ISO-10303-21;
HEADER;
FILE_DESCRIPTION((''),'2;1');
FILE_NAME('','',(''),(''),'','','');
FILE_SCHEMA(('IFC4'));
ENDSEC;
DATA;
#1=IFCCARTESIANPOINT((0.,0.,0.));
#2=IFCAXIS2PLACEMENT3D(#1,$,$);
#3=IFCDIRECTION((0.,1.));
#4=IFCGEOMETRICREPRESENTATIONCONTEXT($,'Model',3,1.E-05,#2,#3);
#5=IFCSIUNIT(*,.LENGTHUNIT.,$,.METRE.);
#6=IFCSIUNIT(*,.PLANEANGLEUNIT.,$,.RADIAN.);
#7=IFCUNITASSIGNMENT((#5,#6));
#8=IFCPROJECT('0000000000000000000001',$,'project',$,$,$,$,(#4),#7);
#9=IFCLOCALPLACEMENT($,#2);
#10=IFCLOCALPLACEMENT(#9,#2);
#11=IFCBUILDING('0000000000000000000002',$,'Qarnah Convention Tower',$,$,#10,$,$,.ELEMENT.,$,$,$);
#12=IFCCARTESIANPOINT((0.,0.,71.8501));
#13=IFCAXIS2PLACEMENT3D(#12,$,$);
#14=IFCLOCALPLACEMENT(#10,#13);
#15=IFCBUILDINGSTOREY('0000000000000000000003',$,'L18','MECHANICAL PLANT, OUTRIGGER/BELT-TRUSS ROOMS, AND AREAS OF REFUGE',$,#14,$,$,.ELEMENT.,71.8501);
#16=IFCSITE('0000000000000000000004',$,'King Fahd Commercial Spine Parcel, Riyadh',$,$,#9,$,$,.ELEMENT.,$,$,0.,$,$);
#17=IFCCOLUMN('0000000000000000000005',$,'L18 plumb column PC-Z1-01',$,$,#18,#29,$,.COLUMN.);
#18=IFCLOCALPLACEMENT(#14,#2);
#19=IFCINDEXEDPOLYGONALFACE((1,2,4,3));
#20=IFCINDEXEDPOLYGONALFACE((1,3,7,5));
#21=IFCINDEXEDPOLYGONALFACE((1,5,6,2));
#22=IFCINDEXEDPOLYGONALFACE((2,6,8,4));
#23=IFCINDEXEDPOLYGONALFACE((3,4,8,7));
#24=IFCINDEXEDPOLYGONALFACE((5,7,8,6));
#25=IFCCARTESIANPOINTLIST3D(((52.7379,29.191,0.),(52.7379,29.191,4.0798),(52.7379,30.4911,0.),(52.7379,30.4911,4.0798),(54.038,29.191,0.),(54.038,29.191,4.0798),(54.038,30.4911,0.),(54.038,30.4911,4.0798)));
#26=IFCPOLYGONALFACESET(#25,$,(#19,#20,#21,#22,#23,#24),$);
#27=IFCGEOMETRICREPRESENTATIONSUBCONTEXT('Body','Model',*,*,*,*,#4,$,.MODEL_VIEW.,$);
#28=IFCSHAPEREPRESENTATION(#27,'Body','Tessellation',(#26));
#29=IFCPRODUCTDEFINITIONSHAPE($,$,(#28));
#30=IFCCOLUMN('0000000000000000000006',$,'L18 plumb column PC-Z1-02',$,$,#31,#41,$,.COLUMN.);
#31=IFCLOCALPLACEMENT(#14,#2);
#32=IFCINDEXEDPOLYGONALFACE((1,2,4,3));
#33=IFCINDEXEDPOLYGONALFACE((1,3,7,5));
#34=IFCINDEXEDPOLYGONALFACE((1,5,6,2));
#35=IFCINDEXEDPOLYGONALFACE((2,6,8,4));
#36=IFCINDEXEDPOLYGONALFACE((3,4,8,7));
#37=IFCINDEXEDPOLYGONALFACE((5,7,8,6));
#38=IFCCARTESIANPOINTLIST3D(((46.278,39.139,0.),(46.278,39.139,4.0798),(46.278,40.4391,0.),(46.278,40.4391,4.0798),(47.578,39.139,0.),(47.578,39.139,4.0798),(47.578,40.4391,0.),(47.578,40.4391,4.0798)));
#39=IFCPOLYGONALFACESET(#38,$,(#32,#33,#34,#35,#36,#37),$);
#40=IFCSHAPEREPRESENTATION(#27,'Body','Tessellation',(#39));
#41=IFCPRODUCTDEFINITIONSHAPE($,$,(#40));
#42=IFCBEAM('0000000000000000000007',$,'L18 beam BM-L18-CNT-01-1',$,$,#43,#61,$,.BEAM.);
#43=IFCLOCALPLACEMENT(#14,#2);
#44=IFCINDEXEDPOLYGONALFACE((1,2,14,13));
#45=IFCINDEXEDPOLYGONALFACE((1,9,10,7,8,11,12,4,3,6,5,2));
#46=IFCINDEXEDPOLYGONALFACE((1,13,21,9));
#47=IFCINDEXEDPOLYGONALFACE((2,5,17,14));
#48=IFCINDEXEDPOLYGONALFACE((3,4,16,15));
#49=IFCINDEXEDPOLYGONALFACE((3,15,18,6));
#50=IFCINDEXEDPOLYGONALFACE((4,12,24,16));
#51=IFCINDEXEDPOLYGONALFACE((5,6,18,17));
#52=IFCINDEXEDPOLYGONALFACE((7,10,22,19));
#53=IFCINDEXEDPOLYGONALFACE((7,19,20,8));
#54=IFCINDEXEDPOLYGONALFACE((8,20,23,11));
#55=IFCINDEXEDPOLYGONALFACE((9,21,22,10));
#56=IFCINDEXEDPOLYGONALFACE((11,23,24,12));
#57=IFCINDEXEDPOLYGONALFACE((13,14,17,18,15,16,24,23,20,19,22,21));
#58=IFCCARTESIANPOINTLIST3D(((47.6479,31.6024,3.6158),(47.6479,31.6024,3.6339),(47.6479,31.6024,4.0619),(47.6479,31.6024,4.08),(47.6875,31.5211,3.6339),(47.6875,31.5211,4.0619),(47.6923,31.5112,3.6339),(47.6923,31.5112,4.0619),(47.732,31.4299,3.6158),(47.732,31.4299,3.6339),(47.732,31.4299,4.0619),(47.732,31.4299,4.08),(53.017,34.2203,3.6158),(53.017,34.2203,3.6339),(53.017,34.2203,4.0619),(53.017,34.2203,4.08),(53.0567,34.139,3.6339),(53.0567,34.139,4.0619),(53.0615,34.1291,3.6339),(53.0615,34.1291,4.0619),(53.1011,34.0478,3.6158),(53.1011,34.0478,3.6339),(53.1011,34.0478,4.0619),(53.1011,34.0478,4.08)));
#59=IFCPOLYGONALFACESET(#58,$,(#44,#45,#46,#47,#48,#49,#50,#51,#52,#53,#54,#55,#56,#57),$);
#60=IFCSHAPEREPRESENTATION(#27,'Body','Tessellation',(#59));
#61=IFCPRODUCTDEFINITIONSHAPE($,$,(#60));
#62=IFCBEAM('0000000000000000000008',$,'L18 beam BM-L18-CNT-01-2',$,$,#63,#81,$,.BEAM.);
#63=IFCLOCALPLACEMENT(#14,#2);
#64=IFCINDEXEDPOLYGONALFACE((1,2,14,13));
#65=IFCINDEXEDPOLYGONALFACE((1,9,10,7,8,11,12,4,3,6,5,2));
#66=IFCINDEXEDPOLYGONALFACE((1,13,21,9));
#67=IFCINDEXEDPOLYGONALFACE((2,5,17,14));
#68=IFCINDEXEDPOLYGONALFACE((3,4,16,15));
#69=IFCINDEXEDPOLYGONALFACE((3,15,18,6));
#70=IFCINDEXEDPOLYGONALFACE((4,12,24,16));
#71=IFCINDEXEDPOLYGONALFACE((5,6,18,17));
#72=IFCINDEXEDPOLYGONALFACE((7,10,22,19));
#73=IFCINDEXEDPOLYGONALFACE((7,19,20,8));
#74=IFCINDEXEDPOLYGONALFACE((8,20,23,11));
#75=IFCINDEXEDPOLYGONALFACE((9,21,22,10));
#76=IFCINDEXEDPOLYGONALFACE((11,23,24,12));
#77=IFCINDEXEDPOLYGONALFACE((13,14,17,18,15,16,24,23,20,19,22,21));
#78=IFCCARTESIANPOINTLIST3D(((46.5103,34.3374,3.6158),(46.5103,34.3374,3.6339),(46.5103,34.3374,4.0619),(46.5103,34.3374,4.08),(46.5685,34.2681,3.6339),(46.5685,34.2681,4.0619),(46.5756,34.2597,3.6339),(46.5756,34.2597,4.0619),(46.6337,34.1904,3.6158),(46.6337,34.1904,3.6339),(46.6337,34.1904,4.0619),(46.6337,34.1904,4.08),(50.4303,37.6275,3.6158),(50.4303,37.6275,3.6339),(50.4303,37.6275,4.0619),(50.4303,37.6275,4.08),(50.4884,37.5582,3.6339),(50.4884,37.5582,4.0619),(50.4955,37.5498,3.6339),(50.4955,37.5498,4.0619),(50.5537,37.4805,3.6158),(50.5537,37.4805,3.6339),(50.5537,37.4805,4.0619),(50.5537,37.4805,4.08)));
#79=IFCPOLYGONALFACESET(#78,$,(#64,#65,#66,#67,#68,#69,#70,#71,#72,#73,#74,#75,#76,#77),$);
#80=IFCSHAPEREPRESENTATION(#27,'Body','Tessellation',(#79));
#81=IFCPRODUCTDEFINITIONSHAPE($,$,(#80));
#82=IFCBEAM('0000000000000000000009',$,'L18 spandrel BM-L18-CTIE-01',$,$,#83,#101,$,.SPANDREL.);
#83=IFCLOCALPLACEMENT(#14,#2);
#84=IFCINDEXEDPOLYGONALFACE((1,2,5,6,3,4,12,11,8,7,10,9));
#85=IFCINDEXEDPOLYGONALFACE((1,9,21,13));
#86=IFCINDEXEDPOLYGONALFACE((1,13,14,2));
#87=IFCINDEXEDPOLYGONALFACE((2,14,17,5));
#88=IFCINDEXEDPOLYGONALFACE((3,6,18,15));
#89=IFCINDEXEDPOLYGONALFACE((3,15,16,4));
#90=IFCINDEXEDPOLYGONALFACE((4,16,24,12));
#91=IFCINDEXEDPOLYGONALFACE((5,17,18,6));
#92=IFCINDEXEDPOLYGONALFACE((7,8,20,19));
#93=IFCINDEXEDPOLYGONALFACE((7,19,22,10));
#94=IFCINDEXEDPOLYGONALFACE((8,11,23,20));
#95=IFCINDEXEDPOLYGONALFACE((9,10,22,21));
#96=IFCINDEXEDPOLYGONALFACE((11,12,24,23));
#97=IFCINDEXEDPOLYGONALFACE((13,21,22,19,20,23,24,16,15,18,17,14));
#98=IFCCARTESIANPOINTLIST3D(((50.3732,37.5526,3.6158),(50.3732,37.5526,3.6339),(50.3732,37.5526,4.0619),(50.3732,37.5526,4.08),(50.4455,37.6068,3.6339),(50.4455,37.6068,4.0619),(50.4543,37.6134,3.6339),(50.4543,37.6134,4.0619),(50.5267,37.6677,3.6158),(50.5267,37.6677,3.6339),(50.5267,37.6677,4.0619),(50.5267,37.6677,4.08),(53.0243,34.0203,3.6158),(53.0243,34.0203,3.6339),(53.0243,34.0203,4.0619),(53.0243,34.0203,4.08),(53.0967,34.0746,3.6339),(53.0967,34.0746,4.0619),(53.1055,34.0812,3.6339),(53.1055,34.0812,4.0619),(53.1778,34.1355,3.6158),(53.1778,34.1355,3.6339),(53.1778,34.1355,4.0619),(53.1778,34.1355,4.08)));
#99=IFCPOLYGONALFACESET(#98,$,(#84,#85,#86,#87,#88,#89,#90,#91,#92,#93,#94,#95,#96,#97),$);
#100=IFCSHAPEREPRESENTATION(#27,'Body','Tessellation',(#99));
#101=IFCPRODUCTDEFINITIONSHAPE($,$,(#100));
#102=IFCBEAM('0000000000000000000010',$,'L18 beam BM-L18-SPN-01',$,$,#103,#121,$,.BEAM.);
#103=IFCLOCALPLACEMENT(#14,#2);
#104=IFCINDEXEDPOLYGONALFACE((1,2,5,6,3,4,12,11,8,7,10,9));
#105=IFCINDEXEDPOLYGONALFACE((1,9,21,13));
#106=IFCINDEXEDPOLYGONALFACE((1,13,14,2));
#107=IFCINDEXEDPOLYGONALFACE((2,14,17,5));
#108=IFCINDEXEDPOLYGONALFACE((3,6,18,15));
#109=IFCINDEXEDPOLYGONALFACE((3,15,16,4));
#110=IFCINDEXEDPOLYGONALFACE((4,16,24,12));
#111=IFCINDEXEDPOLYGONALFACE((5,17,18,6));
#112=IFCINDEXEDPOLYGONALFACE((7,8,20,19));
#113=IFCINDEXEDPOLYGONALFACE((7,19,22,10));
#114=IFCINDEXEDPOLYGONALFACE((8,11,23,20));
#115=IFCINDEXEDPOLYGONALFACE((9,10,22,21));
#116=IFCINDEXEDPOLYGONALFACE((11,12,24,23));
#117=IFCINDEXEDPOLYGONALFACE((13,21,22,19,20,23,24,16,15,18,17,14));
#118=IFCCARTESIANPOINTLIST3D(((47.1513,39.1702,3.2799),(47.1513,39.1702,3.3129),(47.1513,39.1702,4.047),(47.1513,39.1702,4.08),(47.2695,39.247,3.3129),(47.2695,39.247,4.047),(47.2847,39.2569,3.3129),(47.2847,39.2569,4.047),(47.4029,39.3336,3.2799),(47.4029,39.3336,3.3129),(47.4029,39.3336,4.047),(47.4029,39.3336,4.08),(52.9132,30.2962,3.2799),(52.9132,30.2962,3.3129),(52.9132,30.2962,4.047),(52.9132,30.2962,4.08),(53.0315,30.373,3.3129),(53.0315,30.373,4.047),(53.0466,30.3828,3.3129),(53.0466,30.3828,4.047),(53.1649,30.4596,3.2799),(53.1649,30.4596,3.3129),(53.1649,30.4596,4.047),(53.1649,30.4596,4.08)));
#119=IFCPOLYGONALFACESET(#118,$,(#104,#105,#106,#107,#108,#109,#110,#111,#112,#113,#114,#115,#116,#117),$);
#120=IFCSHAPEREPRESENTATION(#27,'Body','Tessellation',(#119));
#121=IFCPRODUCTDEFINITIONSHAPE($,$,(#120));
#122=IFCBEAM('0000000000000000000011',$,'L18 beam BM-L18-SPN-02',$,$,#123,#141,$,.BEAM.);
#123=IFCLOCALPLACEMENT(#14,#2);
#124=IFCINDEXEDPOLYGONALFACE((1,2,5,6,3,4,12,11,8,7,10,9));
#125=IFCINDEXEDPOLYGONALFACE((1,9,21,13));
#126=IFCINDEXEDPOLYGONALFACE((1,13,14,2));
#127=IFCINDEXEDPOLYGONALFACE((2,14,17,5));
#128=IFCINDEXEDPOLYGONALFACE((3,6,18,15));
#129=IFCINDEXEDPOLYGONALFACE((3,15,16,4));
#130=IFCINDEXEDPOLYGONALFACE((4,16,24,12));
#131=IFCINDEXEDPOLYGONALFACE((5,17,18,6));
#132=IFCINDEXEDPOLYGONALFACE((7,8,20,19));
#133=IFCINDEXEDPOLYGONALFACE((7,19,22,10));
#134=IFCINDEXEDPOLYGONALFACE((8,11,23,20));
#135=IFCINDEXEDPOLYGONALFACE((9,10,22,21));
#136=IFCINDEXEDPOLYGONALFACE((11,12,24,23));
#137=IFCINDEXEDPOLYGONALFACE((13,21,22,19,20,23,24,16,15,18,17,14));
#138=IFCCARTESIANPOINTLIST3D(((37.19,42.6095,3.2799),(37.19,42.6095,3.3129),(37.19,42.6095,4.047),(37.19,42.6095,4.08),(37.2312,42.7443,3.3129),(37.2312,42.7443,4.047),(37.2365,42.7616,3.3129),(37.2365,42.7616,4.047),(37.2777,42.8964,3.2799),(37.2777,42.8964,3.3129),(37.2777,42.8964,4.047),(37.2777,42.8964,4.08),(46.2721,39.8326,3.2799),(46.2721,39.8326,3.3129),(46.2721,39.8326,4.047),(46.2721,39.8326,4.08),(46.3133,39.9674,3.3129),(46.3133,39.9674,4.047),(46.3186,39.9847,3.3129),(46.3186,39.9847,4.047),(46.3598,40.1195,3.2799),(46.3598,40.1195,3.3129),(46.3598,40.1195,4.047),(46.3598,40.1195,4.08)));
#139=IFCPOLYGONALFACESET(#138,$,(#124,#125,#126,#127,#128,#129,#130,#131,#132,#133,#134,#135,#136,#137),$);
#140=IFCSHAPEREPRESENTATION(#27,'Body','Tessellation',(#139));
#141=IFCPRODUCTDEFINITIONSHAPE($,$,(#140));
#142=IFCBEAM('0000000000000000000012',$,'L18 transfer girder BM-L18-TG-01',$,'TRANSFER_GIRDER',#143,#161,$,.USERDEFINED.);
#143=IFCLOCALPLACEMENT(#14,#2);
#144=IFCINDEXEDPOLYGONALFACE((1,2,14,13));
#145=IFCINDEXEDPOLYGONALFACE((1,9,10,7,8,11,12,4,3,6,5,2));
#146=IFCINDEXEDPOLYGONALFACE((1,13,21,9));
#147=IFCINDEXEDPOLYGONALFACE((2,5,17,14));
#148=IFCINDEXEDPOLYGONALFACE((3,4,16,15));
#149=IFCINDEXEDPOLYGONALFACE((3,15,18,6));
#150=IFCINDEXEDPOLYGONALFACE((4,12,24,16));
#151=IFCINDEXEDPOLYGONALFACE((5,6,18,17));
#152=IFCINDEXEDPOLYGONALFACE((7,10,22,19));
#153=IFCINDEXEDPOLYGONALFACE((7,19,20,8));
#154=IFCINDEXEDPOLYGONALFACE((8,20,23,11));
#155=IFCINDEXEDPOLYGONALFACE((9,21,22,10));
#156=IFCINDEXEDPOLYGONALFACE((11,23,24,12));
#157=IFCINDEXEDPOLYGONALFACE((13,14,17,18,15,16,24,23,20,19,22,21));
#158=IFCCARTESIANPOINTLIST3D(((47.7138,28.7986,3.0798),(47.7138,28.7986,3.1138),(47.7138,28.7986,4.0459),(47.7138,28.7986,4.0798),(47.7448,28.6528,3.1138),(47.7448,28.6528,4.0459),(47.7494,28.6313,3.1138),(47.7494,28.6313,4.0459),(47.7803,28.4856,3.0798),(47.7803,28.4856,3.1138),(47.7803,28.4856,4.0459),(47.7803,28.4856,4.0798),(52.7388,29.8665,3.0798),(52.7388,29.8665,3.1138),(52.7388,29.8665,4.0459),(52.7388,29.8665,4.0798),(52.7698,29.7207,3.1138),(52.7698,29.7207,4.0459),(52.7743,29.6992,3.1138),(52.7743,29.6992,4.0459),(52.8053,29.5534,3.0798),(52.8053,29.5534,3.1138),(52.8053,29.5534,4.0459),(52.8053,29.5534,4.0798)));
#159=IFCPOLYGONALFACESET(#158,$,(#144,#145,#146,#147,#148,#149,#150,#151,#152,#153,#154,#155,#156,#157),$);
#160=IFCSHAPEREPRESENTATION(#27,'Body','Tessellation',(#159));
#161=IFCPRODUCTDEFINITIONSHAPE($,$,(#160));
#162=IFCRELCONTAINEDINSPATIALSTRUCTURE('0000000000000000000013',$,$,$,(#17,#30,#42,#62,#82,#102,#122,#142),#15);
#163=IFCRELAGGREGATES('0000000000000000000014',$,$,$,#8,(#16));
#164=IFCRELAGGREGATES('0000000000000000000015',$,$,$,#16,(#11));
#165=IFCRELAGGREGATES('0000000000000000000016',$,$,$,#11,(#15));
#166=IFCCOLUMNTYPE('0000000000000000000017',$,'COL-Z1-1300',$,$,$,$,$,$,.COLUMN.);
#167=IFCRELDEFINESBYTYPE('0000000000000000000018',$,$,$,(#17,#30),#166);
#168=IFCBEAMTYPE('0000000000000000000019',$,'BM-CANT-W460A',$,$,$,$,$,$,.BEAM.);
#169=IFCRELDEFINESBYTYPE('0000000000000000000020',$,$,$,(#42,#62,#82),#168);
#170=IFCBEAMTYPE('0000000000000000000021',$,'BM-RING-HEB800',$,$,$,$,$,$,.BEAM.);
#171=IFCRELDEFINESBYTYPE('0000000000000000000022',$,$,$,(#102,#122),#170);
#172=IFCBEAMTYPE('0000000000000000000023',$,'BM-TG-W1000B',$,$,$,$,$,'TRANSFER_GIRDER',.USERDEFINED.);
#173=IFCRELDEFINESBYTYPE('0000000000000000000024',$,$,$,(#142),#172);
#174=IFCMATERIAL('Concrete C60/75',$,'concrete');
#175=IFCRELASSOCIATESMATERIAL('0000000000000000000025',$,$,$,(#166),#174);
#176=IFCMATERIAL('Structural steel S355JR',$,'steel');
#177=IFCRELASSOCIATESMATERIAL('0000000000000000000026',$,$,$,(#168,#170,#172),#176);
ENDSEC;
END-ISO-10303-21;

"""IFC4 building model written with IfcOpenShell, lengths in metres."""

from ifc_helpers import new_model, si_unit, direction, frame, origin, origin_2d, place, context, subcontext, project, spatial, rectangle, i_section, extrude, material, material_profile, profile_set, type_object, element, save


model = new_model("IFC4")

# Units and contexts
model_context = context("Model", 3, precision=1e-05, world=origin(), true_north=direction((0.0, 1.0)))
body_context = subcontext(model_context, "Body", "Model", "MODEL_VIEW")
ifc_project = project(units=[si_unit("LENGTHUNIT", "METRE"), si_unit("PLANEANGLEUNIT", "RADIAN")], contexts=[model_context])

# Site, building, storey
site_placement = place(None, origin())
site = spatial("IfcSite", under=ifc_project, at=site_placement, Name="King Fahd Commercial Spine Parcel, Riyadh", CompositionType="ELEMENT", RefElevation=0.0)
building_placement = place(site_placement, origin())
building = spatial("IfcBuilding", under=site, at=building_placement, Name="Qarnah Convention Tower", CompositionType="ELEMENT")
storey_placement = place(building_placement, frame((0.0, 0.0, 71.8501)))
storey = spatial("IfcBuildingStorey", under=building, at=storey_placement, Name="L18", Description="MECHANICAL PLANT, OUTRIGGER/BELT-TRUSS ROOMS, AND AREAS OF REFUGE", CompositionType="ELEMENT", Elevation=71.8501)

# Columns
ifc_material_1 = material(Name="Concrete C60/75", Category="concrete")
ifc_material_profile_1 = material_profile(ifc_material_1, rectangle(XDim=1.3, YDim=1.3, at=origin_2d()), Name="RC-COL-1300X1300")
ifc_profile_set_1 = profile_set([ifc_material_profile_1], Name="Concrete C60/75")
column_type = type_object("IfcColumnType", Name="COL-Z1-1300", PredefinedType="COLUMN", material=ifc_profile_set_1)
for number, where, z_axis, x_axis, name in (
    (1, (53.3879, 29.8411, 0.0), (0.0, 0.0, 1.0), (1.0, 0.0, 0.0), "L18 plumb column PC-Z1-01"),
    (2, (46.928, 39.7891, 0.0), (0.0, 0.0, 1.0), (1.0, 0.0, 0.0), "L18 plumb column PC-Z1-02"),
):
    element("IfcColumn", number, at=place(storey_placement, frame(where, z_axis=z_axis, x_axis=x_axis)), inside=storey, type_object=column_type, Name=name, PredefinedType="COLUMN", context=body_context, shape_type="SweptSolid", body=[
        extrude(rectangle(XDim=1.3, YDim=1.3, at=origin_2d()), origin(), (0.0, 0.0, 1.0), 4.0798),
    ])

# Beams
ifc_material_2 = material(Name="Structural steel S355JR", Category="steel")
ifc_material_profile_2 = material_profile(ifc_material_2, i_section(OverallWidth=0.1919, OverallDepth=0.4641, WebThickness=0.011, FlangeThickness=0.0181, at=origin_2d()), Name="W460X89")
ifc_profile_set_2 = profile_set([ifc_material_profile_2], Name="Structural steel S355JR")
beam_type_1 = type_object("IfcBeamType", Name="BM-CANT-W460A", PredefinedType="BEAM", material=ifc_profile_set_2)
beam_1_placement = place(storey_placement, frame((47.6899, 31.5161, 3.8479), z_axis=(0.898846, 0.438265, 0.0), x_axis=(-0.438265, 0.898846, 0.0)))
element("IfcBeam", 3, at=beam_1_placement, inside=storey, type_object=beam_type_1, Name="L18 beam BM-L18-CNT-01-1", PredefinedType="BEAM", context=body_context, shape_type="SweptSolid", body=[
    extrude(i_section(OverallWidth=0.1919, OverallDepth=0.4641, WebThickness=0.011, FlangeThickness=0.0181, at=origin_2d()), origin(), (0.0, 0.0, 1.0), 5.9734),
])
beam_2_placement = place(storey_placement, frame((46.572, 34.2639, 3.8479), z_axis=(0.765964, 0.642883, 0.0), x_axis=(-0.642883, 0.765964, 0.0)))
element("IfcBeam", 4, at=beam_2_placement, inside=storey, type_object=beam_type_1, Name="L18 beam BM-L18-CNT-01-2", PredefinedType="BEAM", context=body_context, shape_type="SweptSolid", body=[
    extrude(i_section(OverallWidth=0.1919, OverallDepth=0.4641, WebThickness=0.011, FlangeThickness=0.0181, at=origin_2d()), origin(), (0.0, 0.0, 1.0), 5.1177),
])
beam_3_placement = place(storey_placement, frame((53.1011, 34.0779, 3.8479), z_axis=(-0.600283, 0.799788, 0.0), x_axis=(-0.799788, -0.600283, 0.0)))
element("IfcBeam", 5, at=beam_3_placement, inside=storey, type_object=beam_type_1, Name="L18 spandrel BM-L18-CTIE-01", PredefinedType="SPANDREL", context=body_context, shape_type="SweptSolid", body=[
    extrude(i_section(OverallWidth=0.1919, OverallDepth=0.4641, WebThickness=0.011, FlangeThickness=0.0181, at=origin_2d()), origin(), (0.0, 0.0, 1.0), 4.4165),
])
ifc_material_profile_3 = material_profile(ifc_material_2, i_section(OverallWidth=0.3, OverallDepth=0.8, WebThickness=0.0181, FlangeThickness=0.033, at=origin_2d()), Name="HEB800")
ifc_profile_set_3 = profile_set([ifc_material_profile_3], Name="Structural steel S355JR")
beam_type_2 = type_object("IfcBeamType", Name="BM-RING-HEB800", PredefinedType="BEAM", material=ifc_profile_set_3)
beam_4_placement = place(storey_placement, frame((53.0391, 30.3779, 3.6799), z_axis=(-0.54458, 0.838709, 0.0), x_axis=(-0.838709, -0.54458, 0.0)))
element("IfcBeam", 6, at=beam_4_placement, inside=storey, type_object=beam_type_2, Name="L18 beam BM-L18-SPN-01", PredefinedType="BEAM", context=body_context, shape_type="SweptSolid", body=[
    extrude(i_section(OverallWidth=0.3, OverallDepth=0.8, WebThickness=0.0181, FlangeThickness=0.033, at=origin_2d()), origin(), (0.0, 0.0, 1.0), 10.5806),
])
beam_5_placement = place(storey_placement, frame((46.3159, 39.9761, 3.6799), z_axis=(-0.956299, 0.292391, 0.0), x_axis=(-0.292391, -0.956299, 0.0)))
element("IfcBeam", 7, at=beam_5_placement, inside=storey, type_object=beam_type_2, Name="L18 beam BM-L18-SPN-02", PredefinedType="BEAM", context=body_context, shape_type="SweptSolid", body=[
    extrude(i_section(OverallWidth=0.3, OverallDepth=0.8, WebThickness=0.0181, FlangeThickness=0.033, at=origin_2d()), origin(), (0.0, 0.0, 1.0), 9.4971),
])
ifc_material_profile_4 = material_profile(ifc_material_2, i_section(OverallWidth=0.3201, OverallDepth=1.0, WebThickness=0.022, FlangeThickness=0.0339, at=origin_2d()), Name="W1000X371")
ifc_profile_set_4 = profile_set([ifc_material_profile_4], Name="Structural steel S355JR")
beam_type_3 = type_object("IfcBeamType", Name="BM-TG-W1000B", ElementType="TRANSFER_GIRDER", PredefinedType="USERDEFINED", material=ifc_profile_set_4)
beam_6_placement = place(storey_placement, frame((47.7471, 28.6421, 3.5798), z_axis=(0.978156, 0.207874, 0.0), x_axis=(-0.207874, 0.978156, 0.0)))
element("IfcBeam", 8, at=beam_6_placement, inside=storey, type_object=beam_type_3, Name="L18 transfer girder BM-L18-TG-01", ObjectType="TRANSFER_GIRDER", PredefinedType="USERDEFINED", context=body_context, shape_type="SweptSolid", body=[
    extrude(i_section(OverallWidth=0.3201, OverallDepth=1.0, WebThickness=0.022, FlangeThickness=0.0339, at=origin_2d()), origin(), (0.0, 0.0, 1.0), 5.1372),
])

save(model, "model.ifc")
